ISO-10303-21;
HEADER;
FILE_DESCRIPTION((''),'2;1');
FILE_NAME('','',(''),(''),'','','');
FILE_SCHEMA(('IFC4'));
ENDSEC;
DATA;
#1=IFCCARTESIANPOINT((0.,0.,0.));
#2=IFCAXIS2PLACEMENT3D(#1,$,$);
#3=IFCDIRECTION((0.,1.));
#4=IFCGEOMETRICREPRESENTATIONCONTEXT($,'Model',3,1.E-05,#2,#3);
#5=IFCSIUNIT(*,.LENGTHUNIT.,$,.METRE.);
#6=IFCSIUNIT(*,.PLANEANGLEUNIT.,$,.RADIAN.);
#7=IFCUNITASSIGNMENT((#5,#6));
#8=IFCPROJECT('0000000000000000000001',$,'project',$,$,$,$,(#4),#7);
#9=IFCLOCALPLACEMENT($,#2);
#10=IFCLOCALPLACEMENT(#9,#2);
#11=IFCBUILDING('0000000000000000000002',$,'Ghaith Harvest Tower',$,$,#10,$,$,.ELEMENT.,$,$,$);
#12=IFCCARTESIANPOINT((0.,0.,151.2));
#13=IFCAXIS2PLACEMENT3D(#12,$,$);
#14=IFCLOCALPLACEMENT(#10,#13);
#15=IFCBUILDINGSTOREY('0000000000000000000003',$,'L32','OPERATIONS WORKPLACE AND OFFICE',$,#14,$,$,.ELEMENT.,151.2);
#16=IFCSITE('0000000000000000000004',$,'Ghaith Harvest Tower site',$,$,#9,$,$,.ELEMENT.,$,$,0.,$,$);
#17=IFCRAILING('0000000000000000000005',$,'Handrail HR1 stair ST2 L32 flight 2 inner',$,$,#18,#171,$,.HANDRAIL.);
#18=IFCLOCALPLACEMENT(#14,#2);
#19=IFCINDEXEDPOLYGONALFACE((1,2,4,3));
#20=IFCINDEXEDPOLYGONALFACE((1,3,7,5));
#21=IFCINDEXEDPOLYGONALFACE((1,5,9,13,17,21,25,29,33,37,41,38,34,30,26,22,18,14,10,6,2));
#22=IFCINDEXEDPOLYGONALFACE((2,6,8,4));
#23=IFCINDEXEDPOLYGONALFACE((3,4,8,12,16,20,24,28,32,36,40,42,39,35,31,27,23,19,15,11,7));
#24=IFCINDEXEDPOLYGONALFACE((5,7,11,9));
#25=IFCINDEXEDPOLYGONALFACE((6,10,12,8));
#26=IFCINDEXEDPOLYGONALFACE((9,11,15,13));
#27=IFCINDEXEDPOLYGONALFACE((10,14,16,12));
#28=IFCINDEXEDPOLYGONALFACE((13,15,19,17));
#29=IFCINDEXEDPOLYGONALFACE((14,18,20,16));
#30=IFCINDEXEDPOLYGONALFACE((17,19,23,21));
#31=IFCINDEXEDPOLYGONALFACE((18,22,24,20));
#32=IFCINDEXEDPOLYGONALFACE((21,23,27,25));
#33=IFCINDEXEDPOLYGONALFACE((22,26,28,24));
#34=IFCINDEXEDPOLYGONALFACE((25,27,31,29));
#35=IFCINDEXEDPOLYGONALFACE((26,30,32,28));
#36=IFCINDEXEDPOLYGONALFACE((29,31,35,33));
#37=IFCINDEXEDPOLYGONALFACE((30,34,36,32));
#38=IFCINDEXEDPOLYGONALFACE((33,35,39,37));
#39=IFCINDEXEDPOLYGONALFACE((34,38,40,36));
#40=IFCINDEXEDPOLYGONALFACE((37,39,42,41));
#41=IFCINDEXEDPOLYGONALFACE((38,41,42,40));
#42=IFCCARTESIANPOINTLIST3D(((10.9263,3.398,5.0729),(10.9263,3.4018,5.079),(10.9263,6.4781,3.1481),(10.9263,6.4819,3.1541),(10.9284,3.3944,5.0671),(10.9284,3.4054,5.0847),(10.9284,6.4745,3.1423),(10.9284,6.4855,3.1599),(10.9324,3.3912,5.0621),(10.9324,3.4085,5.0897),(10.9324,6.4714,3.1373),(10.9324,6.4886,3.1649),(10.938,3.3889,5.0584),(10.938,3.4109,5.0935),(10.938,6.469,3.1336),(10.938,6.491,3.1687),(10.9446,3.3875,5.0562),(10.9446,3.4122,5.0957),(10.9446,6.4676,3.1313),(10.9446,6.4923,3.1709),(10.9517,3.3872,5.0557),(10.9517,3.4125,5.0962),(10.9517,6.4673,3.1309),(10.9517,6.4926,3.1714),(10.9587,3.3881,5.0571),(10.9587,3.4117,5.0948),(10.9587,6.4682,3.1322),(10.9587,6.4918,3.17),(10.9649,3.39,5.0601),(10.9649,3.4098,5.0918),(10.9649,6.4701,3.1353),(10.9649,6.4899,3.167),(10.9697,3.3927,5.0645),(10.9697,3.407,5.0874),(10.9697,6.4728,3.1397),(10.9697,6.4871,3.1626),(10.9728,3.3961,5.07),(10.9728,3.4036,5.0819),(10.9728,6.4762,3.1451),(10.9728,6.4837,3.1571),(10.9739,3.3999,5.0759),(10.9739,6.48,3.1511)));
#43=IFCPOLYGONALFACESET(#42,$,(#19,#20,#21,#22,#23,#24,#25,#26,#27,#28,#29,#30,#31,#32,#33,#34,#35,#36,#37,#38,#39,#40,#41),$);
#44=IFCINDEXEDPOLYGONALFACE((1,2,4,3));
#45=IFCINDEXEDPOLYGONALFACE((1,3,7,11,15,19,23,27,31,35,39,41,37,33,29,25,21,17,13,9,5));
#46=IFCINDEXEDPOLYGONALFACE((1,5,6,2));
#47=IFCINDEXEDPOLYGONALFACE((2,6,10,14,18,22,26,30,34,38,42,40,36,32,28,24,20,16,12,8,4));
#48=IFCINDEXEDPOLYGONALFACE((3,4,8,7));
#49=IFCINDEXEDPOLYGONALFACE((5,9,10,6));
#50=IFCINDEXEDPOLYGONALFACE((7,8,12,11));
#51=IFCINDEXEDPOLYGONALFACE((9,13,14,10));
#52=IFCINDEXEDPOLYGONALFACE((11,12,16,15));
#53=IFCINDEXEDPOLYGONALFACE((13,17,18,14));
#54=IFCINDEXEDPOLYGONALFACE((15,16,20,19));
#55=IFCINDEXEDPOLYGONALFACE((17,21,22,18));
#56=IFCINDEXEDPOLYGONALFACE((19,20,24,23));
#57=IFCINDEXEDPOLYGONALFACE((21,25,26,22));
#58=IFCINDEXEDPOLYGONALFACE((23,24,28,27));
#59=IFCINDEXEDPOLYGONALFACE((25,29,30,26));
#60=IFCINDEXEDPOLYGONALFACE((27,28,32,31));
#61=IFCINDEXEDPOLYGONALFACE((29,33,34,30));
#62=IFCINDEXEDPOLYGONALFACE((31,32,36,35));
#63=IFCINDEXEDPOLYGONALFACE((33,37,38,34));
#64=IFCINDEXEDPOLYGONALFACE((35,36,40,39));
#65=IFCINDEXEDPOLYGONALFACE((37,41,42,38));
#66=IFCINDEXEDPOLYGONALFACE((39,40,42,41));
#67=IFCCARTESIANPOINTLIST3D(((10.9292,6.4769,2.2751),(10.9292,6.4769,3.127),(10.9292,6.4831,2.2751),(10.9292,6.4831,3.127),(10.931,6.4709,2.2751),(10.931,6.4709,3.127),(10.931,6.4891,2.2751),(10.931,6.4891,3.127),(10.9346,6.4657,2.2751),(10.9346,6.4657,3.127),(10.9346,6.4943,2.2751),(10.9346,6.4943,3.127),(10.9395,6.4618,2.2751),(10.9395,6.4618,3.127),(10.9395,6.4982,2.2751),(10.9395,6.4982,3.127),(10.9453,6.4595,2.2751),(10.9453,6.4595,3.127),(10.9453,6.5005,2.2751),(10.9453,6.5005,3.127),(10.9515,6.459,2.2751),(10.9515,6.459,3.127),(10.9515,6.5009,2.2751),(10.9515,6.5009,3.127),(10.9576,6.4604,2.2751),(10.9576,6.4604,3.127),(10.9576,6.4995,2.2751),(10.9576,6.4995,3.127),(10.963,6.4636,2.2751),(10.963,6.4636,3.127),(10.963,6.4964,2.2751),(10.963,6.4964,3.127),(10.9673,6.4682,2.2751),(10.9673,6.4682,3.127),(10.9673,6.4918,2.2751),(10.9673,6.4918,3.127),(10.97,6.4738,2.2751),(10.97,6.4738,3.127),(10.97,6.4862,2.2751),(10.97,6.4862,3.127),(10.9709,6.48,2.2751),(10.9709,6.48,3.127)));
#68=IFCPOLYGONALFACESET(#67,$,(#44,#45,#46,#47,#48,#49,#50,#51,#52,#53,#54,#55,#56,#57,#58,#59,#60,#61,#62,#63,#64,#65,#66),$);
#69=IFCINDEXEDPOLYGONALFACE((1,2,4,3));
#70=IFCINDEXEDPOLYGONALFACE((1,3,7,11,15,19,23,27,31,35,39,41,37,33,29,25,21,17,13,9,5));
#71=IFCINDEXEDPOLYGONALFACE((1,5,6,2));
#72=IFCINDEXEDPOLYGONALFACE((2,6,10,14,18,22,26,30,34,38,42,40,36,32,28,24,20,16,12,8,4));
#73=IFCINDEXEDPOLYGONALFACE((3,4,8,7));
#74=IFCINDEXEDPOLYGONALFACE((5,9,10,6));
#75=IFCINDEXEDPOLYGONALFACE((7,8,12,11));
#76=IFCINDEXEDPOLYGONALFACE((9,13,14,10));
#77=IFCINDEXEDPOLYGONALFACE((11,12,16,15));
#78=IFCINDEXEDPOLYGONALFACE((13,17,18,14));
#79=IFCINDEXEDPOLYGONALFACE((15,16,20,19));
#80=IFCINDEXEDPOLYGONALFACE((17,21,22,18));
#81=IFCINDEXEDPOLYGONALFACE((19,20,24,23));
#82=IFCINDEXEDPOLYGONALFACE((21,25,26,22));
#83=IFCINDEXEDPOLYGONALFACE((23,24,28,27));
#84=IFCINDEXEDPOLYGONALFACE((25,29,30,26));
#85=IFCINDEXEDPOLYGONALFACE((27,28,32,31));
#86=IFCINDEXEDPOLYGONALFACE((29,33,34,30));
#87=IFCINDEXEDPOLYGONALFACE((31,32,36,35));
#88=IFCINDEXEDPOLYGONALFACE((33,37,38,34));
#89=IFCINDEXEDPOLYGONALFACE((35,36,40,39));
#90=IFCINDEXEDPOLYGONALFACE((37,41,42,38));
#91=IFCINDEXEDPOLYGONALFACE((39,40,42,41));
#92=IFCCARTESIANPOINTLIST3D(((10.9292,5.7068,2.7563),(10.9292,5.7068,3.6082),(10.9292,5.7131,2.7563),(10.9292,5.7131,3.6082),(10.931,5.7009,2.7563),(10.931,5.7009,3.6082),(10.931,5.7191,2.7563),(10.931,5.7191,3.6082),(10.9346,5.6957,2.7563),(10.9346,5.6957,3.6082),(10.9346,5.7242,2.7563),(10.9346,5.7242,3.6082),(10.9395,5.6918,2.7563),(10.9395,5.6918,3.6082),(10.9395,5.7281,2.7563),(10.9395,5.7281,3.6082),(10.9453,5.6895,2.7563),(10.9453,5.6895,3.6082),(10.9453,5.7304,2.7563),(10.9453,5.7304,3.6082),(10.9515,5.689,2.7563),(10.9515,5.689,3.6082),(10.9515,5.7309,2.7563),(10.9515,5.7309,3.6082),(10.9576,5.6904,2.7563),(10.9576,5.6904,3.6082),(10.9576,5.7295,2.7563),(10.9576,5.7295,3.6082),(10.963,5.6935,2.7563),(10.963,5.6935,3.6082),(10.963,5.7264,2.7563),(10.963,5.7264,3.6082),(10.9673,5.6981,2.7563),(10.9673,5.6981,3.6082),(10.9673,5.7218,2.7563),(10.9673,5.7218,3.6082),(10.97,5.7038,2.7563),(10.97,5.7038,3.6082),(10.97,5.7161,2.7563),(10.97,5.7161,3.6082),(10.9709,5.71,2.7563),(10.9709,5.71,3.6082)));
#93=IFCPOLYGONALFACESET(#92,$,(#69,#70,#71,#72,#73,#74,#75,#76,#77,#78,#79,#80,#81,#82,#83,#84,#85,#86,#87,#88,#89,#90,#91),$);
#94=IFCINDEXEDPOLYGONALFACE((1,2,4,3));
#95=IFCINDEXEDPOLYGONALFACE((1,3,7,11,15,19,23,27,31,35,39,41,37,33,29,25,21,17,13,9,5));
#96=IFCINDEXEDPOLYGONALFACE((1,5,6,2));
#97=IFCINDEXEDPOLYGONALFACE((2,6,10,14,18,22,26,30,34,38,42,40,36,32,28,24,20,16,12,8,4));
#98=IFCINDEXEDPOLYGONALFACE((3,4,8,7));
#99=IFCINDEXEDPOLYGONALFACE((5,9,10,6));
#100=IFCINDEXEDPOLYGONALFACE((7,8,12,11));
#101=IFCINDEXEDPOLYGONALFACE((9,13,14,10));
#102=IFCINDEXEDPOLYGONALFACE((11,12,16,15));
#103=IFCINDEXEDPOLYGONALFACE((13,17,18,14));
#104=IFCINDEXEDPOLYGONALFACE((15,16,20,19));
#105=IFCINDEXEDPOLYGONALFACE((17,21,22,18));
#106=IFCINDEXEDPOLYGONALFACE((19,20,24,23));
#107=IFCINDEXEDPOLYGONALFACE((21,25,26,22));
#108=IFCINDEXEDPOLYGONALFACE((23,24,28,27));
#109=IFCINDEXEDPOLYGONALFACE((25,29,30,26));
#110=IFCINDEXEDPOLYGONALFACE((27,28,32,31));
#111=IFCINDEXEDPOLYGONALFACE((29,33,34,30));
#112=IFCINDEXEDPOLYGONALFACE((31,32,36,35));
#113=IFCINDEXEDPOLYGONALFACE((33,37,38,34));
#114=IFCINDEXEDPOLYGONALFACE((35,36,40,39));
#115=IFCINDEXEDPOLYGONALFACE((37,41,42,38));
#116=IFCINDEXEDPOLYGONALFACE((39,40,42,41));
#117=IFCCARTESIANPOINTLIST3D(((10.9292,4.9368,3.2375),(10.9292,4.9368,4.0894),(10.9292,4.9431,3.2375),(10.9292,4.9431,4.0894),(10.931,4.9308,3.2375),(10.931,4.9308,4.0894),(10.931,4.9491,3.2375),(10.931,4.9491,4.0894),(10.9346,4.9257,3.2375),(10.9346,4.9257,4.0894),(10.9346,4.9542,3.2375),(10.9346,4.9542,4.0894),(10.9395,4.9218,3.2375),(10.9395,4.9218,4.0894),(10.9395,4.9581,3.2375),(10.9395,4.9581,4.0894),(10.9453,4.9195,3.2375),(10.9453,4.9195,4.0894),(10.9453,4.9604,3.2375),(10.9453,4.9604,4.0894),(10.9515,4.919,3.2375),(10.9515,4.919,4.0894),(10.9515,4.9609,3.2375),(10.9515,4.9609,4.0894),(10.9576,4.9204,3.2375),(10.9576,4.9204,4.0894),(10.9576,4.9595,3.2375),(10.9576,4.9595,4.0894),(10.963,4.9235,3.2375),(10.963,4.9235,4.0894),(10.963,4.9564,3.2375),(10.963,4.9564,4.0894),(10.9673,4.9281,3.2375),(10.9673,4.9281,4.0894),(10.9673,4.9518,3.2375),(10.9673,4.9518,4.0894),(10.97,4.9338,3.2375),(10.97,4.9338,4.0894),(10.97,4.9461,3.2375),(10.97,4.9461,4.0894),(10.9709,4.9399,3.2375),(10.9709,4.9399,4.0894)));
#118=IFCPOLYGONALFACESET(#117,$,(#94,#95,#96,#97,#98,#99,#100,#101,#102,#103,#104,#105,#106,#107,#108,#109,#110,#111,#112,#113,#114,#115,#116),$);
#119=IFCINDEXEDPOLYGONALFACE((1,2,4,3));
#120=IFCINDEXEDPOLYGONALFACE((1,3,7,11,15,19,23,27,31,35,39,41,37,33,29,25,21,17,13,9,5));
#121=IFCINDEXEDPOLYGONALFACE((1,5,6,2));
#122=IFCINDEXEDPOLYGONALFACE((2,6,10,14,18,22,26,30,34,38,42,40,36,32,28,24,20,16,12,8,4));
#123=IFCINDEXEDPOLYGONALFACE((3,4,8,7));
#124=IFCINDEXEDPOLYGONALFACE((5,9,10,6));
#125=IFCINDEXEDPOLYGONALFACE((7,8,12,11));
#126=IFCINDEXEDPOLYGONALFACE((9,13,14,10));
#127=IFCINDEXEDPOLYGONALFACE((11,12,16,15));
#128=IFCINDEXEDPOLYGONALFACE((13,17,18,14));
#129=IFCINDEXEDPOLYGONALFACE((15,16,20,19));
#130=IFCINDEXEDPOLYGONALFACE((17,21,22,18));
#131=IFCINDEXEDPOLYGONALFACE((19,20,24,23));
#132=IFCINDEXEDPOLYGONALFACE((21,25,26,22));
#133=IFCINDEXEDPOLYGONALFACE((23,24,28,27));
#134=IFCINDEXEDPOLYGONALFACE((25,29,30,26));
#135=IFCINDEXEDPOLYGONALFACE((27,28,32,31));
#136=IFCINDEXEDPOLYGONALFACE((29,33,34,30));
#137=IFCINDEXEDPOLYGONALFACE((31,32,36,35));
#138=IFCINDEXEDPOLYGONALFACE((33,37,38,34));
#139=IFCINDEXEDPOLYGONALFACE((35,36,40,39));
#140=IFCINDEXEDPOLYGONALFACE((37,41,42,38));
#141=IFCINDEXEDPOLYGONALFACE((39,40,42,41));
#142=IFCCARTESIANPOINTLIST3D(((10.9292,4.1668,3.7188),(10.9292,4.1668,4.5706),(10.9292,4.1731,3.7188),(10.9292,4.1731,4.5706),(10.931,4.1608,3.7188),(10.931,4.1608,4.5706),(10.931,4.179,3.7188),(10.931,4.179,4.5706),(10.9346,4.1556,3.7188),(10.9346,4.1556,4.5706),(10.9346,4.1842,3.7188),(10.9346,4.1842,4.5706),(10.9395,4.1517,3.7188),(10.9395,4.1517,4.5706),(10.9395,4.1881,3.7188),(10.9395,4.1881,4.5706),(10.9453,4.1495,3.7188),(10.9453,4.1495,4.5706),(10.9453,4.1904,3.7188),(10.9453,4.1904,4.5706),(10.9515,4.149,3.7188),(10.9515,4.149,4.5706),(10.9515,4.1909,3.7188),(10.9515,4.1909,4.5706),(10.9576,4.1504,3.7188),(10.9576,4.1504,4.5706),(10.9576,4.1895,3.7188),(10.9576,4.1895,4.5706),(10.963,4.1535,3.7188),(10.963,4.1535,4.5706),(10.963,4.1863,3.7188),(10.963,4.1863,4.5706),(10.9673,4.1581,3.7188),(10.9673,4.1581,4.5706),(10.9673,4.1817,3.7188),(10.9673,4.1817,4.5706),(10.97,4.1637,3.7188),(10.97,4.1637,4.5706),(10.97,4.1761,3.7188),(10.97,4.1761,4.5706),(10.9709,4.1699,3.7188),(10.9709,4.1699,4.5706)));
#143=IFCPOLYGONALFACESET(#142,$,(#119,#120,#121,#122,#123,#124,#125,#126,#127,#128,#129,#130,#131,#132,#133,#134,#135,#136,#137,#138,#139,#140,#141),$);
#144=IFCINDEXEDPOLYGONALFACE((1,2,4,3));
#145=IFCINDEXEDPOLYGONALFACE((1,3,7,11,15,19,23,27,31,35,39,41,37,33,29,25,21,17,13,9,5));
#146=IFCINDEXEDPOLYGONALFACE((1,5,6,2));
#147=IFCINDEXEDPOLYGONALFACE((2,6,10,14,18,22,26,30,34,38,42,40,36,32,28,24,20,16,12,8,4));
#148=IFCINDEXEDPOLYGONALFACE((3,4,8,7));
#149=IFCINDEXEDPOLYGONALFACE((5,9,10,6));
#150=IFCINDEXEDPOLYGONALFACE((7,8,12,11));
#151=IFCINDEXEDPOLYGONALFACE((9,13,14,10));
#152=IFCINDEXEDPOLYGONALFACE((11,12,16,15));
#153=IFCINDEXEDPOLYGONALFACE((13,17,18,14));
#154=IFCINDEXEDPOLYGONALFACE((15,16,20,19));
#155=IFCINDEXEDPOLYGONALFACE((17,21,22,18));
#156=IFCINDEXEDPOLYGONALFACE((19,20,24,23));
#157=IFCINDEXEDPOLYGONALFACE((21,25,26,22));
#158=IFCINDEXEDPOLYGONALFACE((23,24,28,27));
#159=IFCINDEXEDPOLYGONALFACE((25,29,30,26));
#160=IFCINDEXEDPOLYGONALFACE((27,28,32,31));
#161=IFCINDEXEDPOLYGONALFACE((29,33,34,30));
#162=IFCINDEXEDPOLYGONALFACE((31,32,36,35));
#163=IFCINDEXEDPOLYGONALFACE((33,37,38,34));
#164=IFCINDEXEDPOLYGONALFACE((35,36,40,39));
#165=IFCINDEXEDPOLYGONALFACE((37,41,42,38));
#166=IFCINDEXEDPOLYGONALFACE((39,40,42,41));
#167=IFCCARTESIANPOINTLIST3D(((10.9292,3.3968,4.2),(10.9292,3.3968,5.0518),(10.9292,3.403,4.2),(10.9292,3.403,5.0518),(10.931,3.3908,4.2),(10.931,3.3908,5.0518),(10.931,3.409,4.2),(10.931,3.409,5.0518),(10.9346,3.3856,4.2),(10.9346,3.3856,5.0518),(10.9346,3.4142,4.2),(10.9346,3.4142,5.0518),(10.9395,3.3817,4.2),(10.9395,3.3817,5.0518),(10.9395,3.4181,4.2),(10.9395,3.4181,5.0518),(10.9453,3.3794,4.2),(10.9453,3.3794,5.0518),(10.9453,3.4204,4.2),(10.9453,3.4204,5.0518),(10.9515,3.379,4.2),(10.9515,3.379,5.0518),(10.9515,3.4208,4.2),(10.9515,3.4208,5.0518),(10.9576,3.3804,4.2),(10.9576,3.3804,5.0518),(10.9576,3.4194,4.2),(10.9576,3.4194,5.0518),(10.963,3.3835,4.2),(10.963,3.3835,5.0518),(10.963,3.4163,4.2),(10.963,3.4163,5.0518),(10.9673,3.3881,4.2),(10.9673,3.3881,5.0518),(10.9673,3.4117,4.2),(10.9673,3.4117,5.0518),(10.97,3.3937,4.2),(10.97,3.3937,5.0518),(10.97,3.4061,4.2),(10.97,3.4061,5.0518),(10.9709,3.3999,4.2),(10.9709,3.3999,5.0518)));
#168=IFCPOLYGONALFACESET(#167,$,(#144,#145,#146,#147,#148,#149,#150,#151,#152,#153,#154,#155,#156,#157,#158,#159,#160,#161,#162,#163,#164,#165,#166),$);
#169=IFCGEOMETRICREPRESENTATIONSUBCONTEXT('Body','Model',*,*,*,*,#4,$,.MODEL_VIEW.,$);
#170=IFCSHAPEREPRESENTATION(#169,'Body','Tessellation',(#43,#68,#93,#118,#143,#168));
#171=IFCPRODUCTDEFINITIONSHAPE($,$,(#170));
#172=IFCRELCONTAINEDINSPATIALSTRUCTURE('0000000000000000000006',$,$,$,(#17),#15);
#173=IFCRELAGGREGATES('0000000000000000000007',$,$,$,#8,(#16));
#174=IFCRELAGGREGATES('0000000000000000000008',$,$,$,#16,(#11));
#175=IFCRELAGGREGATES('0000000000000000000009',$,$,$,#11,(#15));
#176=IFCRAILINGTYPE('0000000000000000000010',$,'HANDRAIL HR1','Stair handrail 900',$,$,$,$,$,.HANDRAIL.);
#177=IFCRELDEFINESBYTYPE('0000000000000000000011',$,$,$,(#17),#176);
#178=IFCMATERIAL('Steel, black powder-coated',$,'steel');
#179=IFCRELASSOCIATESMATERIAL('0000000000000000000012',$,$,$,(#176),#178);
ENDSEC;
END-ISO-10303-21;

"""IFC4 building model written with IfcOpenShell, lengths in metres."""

from ifc_helpers import new_model, si_unit, direction, frame, origin, origin_2d, place, context, subcontext, project, spatial, circle, extrude, material, type_object, element, save


model = new_model("IFC4")

# Units and contexts
model_context = context("Model", 3, precision=1e-05, world=origin(), true_north=direction((0.0, 1.0)))
body_context = subcontext(model_context, "Body", "Model", "MODEL_VIEW")
ifc_project = project(units=[si_unit("LENGTHUNIT", "METRE"), si_unit("PLANEANGLEUNIT", "RADIAN")], contexts=[model_context])

# Site, building, storey
site_placement = place(None, origin())
site = spatial("IfcSite", under=ifc_project, at=site_placement, Name="Ghaith Harvest Tower site", CompositionType="ELEMENT", RefElevation=0.0)
building_placement = place(site_placement, origin())
building = spatial("IfcBuilding", under=site, at=building_placement, Name="Ghaith Harvest Tower", CompositionType="ELEMENT")
storey_placement = place(building_placement, frame((0.0, 0.0, 151.2)))
storey = spatial("IfcBuildingStorey", under=building, at=storey_placement, Name="L32", Description="OPERATIONS WORKPLACE AND OFFICE", CompositionType="ELEMENT", Elevation=151.2)

# Railing
ifc_material_1 = material(Name="Steel, black powder-coated", Category="steel")
railing_type = type_object("IfcRailingType", Name="HANDRAIL HR1", Description="Stair handrail 900", PredefinedType="HANDRAIL", material=ifc_material_1)
railing_1_placement = place(storey_placement, frame((10.95, 6.48, 2.2751)))
element("IfcRailing", 1, at=railing_1_placement, inside=storey, type_object=railing_type, Name="Handrail HR1 stair ST2 L32 flight 2 inner", PredefinedType="HANDRAIL", context=body_context, shape_type="SweptSolid", body=[
    extrude(circle(Radius=0.0239, at=origin_2d()), frame((0.0, 0.0, 0.876), z_axis=(0.0, -0.848029, 0.529951), x_axis=(1.0, 0.0, 0.0)), (0.0, 0.0, 1.0), 3.6321),
    extrude(circle(Radius=0.021, at=origin_2d()), origin(), (0.0, 0.0, 1.0), 0.8518),
    extrude(circle(Radius=0.021, at=origin_2d()), frame((0.0, -0.77, 0.4812)), (0.0, 0.0, 1.0), 0.8518),
    extrude(circle(Radius=0.021, at=origin_2d()), frame((0.0, -1.54, 0.9624)), (0.0, 0.0, 1.0), 0.8518),
    extrude(circle(Radius=0.021, at=origin_2d()), frame((0.0, -2.3101, 1.4436)), (0.0, 0.0, 1.0), 0.8518),
    extrude(circle(Radius=0.021, at=origin_2d()), frame((0.0, -3.0801, 1.9248)), (0.0, 0.0, 1.0), 0.8518),
])

save(model, "model.ifc")
